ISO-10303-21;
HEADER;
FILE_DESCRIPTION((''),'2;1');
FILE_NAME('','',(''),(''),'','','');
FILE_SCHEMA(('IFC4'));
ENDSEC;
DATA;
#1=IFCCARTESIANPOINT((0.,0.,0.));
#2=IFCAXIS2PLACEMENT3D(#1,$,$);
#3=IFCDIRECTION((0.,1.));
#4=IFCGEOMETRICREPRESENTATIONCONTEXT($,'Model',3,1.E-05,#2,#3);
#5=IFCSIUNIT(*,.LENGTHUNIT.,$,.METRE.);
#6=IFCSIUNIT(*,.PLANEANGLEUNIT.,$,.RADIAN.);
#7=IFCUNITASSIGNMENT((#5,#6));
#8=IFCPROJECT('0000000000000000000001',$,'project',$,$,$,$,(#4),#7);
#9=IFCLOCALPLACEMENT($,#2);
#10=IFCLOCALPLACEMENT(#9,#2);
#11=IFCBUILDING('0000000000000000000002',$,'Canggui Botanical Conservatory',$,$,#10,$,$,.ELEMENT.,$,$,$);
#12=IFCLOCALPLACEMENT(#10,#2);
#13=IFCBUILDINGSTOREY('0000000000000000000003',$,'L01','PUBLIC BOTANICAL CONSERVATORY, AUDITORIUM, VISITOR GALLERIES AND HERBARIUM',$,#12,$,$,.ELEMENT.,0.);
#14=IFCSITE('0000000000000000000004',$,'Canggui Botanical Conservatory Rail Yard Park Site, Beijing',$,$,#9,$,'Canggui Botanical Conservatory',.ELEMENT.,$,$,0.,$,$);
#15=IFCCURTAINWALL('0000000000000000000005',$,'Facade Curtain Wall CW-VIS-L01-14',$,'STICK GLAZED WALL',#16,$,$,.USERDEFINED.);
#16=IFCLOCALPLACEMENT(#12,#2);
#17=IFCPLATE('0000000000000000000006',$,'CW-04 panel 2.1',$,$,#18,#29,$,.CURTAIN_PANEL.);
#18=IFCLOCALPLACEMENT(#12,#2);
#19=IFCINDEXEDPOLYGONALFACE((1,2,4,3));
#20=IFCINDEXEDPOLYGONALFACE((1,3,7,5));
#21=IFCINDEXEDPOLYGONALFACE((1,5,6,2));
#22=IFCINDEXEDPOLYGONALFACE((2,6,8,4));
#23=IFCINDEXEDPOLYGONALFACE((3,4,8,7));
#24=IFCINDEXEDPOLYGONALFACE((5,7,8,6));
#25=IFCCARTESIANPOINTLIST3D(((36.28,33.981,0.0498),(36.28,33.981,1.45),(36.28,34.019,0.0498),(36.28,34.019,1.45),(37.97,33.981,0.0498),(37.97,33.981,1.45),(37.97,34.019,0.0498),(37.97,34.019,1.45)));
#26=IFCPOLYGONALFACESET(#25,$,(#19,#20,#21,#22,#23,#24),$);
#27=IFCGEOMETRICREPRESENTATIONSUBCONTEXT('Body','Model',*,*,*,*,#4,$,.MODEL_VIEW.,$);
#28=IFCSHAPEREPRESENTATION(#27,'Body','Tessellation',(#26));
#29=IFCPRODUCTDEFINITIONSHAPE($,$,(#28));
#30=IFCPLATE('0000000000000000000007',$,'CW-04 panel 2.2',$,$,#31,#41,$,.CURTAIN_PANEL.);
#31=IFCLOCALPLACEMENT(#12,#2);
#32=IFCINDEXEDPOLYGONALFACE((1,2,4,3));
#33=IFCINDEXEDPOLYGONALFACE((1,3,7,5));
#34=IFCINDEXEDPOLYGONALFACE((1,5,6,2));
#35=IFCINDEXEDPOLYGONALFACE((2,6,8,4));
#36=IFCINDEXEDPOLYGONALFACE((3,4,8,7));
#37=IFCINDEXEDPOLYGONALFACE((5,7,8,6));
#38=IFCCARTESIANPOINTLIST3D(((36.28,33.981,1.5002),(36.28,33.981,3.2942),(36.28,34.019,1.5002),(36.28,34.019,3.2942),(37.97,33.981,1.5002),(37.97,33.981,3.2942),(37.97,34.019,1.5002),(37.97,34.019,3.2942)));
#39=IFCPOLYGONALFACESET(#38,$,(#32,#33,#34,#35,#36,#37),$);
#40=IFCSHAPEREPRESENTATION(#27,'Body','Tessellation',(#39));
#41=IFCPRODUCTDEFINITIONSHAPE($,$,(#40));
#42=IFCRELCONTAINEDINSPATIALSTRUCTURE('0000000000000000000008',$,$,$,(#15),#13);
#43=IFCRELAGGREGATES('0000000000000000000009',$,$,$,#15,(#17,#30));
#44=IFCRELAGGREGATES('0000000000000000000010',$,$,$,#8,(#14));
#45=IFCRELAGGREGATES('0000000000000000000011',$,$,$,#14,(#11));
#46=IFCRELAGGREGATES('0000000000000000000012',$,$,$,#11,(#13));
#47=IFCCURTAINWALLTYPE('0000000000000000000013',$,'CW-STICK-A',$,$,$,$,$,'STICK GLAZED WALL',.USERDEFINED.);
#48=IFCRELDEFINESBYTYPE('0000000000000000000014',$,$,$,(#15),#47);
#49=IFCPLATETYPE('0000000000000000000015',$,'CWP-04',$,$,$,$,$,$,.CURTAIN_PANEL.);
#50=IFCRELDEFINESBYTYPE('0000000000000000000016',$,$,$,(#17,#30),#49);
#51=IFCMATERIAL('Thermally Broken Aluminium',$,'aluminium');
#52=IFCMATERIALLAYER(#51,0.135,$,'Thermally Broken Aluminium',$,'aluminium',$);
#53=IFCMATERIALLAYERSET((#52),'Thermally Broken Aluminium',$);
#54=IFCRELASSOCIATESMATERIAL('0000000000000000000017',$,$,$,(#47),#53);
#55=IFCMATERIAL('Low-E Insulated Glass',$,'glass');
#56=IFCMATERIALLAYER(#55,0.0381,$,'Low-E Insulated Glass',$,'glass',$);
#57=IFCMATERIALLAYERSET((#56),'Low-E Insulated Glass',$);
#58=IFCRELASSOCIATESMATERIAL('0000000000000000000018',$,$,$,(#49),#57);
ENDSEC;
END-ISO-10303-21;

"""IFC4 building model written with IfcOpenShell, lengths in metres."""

from ifc_helpers import new_model, si_unit, direction, frame, origin, origin_2d, place, context, subcontext, project, spatial, rectangle, extrude, material, layer, layer_set, type_object, element, aggregate, save


model = new_model("IFC4")

# Units and contexts
model_context = context("Model", 3, precision=1e-05, world=origin(), true_north=direction((0.0, 1.0)))
body_context = subcontext(model_context, "Body", "Model", "MODEL_VIEW")
ifc_project = project(units=[si_unit("LENGTHUNIT", "METRE"), si_unit("PLANEANGLEUNIT", "RADIAN")], contexts=[model_context])

# Site, building, storey
site_placement = place(None, origin())
site = spatial("IfcSite", under=ifc_project, at=site_placement, Name="Canggui Botanical Conservatory Rail Yard Park Site, Beijing", LongName="Canggui Botanical Conservatory", CompositionType="ELEMENT", RefElevation=0.0)
building_placement = place(site_placement, origin())
building = spatial("IfcBuilding", under=site, at=building_placement, Name="Canggui Botanical Conservatory", CompositionType="ELEMENT")
storey_placement = place(building_placement, origin())
storey = spatial("IfcBuildingStorey", under=building, at=storey_placement, Name="L01", Description="PUBLIC BOTANICAL CONSERVATORY, AUDITORIUM, VISITOR GALLERIES AND HERBARIUM", CompositionType="ELEMENT", Elevation=0.0)

# Curtain wall
ifc_material_1 = material(Name="Thermally Broken Aluminium", Category="aluminium")
ifc_layer_1 = layer(ifc_material_1, 0.135, Name="Thermally Broken Aluminium", Category="aluminium")
ifc_layer_set_1 = layer_set([ifc_layer_1], Name="Thermally Broken Aluminium")
curtain_wall_type = type_object("IfcCurtainWallType", Name="CW-STICK-A", ElementType="STICK GLAZED WALL", PredefinedType="USERDEFINED", material=ifc_layer_set_1)
curtain_wall_placement = place(storey_placement, origin())
curtain_wall = element("IfcCurtainWall", 1, at=curtain_wall_placement, inside=storey, type_object=curtain_wall_type, Name="Facade Curtain Wall CW-VIS-L01-14", ObjectType="STICK GLAZED WALL", PredefinedType="USERDEFINED")

# Plates
ifc_material_2 = material(Name="Low-E Insulated Glass", Category="glass")
ifc_layer_2 = layer(ifc_material_2, 0.0381, Name="Low-E Insulated Glass", Category="glass")
ifc_layer_set_2 = layer_set([ifc_layer_2], Name="Low-E Insulated Glass")
plate_type = type_object("IfcPlateType", Name="CWP-04", PredefinedType="CURTAIN_PANEL", material=ifc_layer_set_2)
plate_1_placement = place(storey_placement, frame((37.125, 34.0, 0.0498), z_axis=(0.0, 0.0, 1.0), x_axis=(1.0, 0.0, 0.0)))
plate_1 = element("IfcPlate", 2, at=plate_1_placement, type_object=plate_type, Name="CW-04 panel 2.1", PredefinedType="CURTAIN_PANEL", context=body_context, shape_type="SweptSolid", body=[
    extrude(rectangle(XDim=1.6899, YDim=0.0381, at=origin_2d()), origin(), (0.0, 0.0, 1.0), 1.4001),
])
plate_2_placement = place(storey_placement, frame((37.125, 34.0, 1.5002), z_axis=(0.0, 0.0, 1.0), x_axis=(1.0, 0.0, 0.0)))
plate_2 = element("IfcPlate", 3, at=plate_2_placement, type_object=plate_type, Name="CW-04 panel 2.2", PredefinedType="CURTAIN_PANEL", context=body_context, shape_type="SweptSolid", body=[
    extrude(rectangle(XDim=1.6899, YDim=0.0381, at=origin_2d()), origin(), (0.0, 0.0, 1.0), 1.7939),
])
aggregate(curtain_wall, [plate_1, plate_2])

save(model, "model.ifc")
